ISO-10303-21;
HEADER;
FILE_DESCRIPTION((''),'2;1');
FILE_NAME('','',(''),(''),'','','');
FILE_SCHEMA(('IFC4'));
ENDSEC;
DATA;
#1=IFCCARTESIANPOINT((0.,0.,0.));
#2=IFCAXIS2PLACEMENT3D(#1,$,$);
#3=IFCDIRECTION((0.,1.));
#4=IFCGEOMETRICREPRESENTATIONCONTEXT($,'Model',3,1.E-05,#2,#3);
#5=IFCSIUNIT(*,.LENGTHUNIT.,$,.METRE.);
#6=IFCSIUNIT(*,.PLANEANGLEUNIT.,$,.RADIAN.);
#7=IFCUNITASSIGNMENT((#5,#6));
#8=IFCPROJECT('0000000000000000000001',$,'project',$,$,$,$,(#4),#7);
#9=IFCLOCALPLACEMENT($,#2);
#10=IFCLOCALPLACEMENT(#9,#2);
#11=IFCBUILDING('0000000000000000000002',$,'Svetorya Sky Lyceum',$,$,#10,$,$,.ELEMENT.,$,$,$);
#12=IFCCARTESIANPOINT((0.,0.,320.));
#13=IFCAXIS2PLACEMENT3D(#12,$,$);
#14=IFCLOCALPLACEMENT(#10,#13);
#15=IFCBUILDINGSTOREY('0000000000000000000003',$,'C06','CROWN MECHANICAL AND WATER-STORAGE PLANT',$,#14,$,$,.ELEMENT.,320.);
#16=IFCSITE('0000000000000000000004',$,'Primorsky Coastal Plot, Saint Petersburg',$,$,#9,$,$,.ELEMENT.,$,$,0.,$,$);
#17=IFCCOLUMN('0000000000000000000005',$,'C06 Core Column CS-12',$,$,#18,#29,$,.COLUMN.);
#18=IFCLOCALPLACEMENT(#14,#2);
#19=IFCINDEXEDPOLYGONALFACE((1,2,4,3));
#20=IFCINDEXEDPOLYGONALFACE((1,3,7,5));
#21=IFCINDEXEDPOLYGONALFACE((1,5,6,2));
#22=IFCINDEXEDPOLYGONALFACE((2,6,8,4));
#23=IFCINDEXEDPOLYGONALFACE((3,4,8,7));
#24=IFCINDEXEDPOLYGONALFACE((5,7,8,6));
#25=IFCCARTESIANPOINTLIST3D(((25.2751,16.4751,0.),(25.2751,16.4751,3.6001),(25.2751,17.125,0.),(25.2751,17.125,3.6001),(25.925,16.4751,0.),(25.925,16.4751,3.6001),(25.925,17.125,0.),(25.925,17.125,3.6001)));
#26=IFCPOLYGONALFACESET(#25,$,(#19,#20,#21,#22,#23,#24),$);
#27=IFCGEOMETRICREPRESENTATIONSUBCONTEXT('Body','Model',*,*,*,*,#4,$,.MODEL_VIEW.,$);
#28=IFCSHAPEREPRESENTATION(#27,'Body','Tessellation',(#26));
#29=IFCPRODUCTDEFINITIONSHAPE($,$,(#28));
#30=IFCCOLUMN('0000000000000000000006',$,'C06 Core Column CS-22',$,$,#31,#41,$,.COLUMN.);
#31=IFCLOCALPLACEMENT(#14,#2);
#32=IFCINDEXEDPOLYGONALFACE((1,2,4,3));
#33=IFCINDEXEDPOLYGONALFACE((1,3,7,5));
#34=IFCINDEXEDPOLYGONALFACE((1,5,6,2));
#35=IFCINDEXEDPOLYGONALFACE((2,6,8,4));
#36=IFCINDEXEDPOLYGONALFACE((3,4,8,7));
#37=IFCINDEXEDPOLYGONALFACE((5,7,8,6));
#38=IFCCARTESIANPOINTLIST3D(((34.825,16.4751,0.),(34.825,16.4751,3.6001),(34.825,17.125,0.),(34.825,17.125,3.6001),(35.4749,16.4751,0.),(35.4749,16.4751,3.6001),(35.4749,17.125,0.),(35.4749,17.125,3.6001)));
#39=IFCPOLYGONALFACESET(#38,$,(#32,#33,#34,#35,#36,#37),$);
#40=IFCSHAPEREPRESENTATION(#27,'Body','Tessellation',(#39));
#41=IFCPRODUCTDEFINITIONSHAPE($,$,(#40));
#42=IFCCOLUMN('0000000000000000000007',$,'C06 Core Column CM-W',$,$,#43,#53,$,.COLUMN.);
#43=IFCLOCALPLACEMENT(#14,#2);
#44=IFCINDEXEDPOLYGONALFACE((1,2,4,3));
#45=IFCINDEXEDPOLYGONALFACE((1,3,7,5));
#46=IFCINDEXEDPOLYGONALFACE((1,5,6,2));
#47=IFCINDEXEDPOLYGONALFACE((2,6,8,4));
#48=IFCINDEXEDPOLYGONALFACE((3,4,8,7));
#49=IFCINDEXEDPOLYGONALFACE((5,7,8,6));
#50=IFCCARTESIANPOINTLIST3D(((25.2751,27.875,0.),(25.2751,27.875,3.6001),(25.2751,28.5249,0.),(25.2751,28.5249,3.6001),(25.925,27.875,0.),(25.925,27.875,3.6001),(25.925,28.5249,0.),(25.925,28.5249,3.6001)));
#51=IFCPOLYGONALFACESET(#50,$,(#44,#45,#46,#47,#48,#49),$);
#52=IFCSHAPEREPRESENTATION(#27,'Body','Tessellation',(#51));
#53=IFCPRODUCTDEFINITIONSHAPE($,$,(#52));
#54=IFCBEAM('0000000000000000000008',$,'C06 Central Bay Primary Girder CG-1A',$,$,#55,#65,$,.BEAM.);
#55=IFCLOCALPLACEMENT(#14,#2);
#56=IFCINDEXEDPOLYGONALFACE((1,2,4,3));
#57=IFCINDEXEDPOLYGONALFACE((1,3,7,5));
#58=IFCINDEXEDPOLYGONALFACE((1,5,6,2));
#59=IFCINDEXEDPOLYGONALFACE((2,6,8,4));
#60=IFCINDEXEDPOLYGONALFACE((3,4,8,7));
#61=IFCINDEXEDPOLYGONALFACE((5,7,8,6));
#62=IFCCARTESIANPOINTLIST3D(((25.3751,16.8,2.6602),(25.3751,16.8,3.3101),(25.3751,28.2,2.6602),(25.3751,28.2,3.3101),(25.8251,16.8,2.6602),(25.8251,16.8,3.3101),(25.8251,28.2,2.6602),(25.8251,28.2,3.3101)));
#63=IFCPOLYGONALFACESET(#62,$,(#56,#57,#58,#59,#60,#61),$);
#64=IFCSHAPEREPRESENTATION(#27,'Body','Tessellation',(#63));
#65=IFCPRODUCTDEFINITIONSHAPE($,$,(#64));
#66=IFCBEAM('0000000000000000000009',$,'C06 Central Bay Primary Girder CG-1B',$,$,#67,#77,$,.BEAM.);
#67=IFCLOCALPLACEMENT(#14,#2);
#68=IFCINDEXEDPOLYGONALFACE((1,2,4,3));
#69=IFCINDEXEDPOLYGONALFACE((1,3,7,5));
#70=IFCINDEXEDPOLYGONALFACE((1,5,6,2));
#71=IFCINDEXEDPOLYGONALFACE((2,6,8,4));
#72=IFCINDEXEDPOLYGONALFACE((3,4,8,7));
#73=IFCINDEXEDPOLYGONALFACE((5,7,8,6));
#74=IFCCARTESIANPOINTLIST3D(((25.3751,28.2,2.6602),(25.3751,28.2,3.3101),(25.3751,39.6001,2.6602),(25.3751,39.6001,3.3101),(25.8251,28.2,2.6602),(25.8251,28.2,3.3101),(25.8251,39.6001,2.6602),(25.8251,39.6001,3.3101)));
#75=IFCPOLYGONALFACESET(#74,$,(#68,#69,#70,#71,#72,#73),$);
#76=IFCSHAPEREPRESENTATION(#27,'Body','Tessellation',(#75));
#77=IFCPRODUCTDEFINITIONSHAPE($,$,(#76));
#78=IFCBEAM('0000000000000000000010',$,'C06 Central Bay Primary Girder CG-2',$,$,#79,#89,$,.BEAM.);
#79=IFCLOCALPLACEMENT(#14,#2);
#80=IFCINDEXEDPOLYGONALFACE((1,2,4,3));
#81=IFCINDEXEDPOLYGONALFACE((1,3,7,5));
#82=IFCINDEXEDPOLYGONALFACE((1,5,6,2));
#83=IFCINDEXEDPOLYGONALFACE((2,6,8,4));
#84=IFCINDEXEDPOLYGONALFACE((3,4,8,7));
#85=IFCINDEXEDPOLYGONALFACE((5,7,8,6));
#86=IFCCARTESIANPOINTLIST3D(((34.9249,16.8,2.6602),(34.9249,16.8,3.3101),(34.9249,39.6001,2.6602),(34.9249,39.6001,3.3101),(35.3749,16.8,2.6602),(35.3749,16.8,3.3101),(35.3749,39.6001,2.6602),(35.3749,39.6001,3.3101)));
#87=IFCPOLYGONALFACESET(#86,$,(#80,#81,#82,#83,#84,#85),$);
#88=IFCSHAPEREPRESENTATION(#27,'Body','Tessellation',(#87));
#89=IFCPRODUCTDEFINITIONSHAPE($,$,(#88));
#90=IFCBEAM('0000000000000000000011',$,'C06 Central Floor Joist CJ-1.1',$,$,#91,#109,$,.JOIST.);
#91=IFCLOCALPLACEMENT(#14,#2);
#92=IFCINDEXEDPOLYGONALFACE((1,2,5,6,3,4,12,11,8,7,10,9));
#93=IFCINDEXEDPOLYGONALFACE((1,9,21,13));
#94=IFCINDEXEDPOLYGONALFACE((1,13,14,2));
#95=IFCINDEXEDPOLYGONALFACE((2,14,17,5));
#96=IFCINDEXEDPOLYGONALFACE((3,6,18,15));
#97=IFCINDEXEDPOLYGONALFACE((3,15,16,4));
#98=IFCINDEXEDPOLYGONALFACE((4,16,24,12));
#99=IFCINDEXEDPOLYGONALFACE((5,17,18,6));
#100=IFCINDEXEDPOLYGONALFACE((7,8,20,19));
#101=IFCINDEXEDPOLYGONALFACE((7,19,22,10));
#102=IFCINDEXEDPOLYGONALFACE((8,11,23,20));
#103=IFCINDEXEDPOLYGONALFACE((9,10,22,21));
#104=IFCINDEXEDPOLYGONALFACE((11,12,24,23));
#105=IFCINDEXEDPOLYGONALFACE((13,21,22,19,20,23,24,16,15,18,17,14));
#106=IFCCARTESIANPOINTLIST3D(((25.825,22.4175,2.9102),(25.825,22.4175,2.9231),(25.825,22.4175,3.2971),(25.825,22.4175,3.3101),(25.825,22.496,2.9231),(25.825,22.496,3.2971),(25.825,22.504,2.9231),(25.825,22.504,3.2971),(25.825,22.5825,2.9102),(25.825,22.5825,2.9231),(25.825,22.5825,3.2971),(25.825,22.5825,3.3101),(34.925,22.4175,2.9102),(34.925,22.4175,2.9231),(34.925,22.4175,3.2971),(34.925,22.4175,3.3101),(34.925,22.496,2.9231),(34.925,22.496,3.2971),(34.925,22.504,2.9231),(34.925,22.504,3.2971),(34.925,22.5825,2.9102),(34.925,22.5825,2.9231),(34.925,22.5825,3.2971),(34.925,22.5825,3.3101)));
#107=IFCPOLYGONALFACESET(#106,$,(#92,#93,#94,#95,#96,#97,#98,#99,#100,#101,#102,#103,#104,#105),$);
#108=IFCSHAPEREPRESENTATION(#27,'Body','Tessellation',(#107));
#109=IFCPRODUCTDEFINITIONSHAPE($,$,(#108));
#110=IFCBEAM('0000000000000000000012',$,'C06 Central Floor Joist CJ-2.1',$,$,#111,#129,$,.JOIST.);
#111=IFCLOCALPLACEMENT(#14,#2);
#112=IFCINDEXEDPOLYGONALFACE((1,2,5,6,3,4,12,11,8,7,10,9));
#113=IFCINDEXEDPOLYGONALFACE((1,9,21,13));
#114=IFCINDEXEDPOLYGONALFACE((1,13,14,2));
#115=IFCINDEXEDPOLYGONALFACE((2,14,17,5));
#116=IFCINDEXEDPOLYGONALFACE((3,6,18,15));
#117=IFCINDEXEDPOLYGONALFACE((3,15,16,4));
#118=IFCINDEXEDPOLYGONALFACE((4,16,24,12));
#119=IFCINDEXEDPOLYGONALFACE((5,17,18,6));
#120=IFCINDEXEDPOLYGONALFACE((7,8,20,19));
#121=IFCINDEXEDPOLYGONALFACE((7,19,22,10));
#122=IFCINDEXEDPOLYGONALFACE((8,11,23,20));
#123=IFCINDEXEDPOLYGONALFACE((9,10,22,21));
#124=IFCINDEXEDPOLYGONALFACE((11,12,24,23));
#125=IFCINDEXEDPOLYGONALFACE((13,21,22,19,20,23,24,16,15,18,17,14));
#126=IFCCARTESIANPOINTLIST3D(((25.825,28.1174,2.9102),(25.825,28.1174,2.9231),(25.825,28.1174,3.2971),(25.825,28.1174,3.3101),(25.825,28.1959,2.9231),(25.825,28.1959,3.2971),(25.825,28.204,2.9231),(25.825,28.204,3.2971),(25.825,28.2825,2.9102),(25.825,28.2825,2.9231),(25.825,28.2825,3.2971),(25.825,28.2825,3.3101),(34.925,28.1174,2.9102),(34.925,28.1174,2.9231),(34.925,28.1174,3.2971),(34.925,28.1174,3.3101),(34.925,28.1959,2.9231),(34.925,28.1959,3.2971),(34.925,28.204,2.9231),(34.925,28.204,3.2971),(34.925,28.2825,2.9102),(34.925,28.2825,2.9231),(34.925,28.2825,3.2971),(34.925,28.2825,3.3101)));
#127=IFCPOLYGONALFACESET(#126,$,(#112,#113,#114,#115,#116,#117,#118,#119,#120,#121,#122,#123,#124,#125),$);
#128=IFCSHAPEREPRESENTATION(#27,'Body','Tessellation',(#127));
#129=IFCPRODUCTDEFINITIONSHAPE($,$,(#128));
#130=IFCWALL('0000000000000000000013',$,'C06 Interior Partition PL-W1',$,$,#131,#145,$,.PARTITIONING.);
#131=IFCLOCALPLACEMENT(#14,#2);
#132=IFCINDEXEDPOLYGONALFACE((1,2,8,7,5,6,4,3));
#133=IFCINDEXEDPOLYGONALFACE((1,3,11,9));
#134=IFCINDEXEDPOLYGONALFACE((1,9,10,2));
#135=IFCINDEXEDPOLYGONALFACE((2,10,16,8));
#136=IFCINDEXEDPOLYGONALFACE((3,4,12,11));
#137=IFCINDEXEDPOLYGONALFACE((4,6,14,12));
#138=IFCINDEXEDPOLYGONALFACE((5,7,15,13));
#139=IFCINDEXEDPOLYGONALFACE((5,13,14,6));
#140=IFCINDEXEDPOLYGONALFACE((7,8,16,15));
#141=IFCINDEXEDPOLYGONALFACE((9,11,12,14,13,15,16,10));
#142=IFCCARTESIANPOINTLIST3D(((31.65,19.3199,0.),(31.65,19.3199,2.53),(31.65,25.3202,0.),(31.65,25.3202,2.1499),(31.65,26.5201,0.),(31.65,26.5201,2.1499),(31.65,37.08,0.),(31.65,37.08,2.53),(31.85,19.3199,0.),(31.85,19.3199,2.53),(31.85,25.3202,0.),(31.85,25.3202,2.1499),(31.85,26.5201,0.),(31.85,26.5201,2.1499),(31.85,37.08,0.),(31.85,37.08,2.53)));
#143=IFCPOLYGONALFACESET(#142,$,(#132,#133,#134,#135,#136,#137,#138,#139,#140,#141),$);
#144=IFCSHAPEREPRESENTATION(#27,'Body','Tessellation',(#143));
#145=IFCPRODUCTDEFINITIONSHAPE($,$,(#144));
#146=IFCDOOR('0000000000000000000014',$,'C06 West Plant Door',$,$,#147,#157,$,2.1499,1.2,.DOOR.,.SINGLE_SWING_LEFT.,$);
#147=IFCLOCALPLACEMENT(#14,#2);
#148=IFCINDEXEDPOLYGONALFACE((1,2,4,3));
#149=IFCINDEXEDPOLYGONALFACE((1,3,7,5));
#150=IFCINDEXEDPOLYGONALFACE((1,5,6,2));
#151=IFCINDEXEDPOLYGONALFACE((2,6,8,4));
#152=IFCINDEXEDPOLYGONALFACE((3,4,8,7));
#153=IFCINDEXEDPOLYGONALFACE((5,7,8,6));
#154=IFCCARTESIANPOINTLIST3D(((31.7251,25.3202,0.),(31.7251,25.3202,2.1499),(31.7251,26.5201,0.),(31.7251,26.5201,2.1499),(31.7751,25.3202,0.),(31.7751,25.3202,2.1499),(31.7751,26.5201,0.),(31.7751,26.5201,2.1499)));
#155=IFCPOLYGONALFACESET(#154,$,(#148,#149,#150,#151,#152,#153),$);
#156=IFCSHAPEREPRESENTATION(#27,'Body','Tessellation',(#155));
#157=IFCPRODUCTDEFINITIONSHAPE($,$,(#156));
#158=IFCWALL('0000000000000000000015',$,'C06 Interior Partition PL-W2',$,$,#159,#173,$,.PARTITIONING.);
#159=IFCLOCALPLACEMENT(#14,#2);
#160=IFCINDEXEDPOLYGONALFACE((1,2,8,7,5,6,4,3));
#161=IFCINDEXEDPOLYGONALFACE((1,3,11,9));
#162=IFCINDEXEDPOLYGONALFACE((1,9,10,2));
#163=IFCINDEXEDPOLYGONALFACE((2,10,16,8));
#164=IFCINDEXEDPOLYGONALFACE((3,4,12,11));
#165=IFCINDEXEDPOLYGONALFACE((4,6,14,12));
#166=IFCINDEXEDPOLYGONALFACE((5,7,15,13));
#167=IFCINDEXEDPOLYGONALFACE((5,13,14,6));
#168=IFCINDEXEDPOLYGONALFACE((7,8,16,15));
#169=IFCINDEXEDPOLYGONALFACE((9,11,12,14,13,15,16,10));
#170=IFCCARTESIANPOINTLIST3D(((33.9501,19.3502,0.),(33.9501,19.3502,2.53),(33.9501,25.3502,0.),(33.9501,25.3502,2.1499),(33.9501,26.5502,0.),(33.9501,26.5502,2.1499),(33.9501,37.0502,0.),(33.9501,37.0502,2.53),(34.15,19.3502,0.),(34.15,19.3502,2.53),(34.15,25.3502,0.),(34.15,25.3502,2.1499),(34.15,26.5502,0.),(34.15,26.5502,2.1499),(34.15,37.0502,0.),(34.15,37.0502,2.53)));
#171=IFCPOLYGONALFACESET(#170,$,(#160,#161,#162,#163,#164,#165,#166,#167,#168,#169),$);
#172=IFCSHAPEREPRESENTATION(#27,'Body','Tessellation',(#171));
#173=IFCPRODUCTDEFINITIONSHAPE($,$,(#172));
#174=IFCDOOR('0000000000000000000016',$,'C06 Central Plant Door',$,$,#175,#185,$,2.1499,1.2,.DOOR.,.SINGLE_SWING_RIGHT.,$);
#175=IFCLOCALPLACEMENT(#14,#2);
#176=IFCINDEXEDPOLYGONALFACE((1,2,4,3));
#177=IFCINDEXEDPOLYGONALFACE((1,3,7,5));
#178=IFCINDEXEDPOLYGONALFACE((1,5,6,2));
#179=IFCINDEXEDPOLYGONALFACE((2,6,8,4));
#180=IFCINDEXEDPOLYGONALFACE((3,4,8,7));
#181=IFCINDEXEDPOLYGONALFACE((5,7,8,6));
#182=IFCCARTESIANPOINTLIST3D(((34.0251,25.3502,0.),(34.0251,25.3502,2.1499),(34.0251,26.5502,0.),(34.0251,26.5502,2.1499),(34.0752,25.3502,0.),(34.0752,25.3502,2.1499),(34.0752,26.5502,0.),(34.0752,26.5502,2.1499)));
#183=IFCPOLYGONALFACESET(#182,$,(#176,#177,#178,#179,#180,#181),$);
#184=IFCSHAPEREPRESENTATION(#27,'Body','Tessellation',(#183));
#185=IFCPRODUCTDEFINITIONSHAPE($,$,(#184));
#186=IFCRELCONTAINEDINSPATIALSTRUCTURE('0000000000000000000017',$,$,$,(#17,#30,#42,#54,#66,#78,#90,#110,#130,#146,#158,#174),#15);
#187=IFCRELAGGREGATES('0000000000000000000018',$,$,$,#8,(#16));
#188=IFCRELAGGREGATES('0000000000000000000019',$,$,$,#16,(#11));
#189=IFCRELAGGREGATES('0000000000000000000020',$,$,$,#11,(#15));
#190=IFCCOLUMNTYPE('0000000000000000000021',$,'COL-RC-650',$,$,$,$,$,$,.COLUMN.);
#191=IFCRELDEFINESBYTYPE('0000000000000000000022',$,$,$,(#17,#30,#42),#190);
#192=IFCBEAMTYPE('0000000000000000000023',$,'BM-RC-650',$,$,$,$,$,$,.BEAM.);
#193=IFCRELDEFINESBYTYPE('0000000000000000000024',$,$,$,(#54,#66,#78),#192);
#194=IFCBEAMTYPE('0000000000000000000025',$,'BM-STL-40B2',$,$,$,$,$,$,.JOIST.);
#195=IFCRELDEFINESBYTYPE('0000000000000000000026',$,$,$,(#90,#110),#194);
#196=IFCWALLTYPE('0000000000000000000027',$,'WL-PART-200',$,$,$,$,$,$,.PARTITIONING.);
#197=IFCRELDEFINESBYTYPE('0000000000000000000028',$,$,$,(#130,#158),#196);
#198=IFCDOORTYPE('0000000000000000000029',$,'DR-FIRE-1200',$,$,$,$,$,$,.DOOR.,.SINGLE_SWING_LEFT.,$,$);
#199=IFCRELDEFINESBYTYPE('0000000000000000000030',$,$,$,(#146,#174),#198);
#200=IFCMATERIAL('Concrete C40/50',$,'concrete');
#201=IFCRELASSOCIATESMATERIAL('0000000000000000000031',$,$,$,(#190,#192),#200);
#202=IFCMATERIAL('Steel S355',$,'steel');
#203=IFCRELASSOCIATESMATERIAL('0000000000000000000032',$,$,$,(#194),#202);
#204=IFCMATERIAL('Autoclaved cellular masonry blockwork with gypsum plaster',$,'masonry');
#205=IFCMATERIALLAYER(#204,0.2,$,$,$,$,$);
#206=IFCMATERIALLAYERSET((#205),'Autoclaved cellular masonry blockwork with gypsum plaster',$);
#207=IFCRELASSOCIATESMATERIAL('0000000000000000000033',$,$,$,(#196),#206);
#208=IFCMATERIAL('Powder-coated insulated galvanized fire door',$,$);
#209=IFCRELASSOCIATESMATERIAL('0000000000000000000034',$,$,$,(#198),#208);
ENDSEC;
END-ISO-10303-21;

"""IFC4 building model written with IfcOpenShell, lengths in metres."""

from ifc_helpers import new_model, si_unit, direction, frame, frame_2d, origin, origin_2d, place, context, subcontext, project, spatial, rectangle, i_section, extrude, material, layer, layer_set, material_profile, profile_set, type_object, element, fill, save


model = new_model("IFC4")

# Units and contexts
model_context = context("Model", 3, precision=1e-05, world=origin(), true_north=direction((0.0, 1.0)))
body_context = subcontext(model_context, "Body", "Model", "MODEL_VIEW")
ifc_project = project(units=[si_unit("LENGTHUNIT", "METRE"), si_unit("PLANEANGLEUNIT", "RADIAN")], contexts=[model_context])

# Site, building, storey
site_placement = place(None, origin())
site = spatial("IfcSite", under=ifc_project, at=site_placement, Name="Primorsky Coastal Plot, Saint Petersburg", CompositionType="ELEMENT", RefElevation=0.0)
building_placement = place(site_placement, origin())
building = spatial("IfcBuilding", under=site, at=building_placement, Name="Svetorya Sky Lyceum", CompositionType="ELEMENT")
storey_placement = place(building_placement, frame((0.0, 0.0, 320.0)))
storey = spatial("IfcBuildingStorey", under=building, at=storey_placement, Name="C06", Description="CROWN MECHANICAL AND WATER-STORAGE PLANT", CompositionType="ELEMENT", Elevation=320.0)

# Columns
ifc_material_1 = material(Name="Concrete C40/50", Category="concrete")
ifc_material_profile_1 = material_profile(ifc_material_1, rectangle(XDim=0.6499, YDim=0.6499, at=origin_2d()), Name="RC COL 650x650")
ifc_profile_set_1 = profile_set([ifc_material_profile_1], Name="Concrete C40/50")
column_type = type_object("IfcColumnType", Name="COL-RC-650", PredefinedType="COLUMN", material=ifc_profile_set_1)
for number, where, z_axis, x_axis, name in (
    (1, (25.6001, 16.8, 0.0), (0.0, 0.0, 1.0), (1.0, 0.0, 0.0), "C06 Core Column CS-12"),
    (2, (35.1499, 16.8, 0.0), (0.0, 0.0, 1.0), (1.0, 0.0, 0.0), "C06 Core Column CS-22"),
    (3, (25.6001, 28.2, 0.0), (0.0, 0.0, 1.0), (1.0, 0.0, 0.0), "C06 Core Column CM-W"),
):
    element("IfcColumn", number, at=place(storey_placement, frame(where, z_axis=z_axis, x_axis=x_axis)), inside=storey, type_object=column_type, Name=name, PredefinedType="COLUMN", context=body_context, shape_type="SweptSolid", body=[
        extrude(rectangle(XDim=0.6499, YDim=0.6499, at=origin_2d()), origin(), (0.0, 0.0, 1.0), 3.6001),
    ])

# Beams
ifc_material_profile_2 = material_profile(ifc_material_1, rectangle(XDim=0.45, YDim=0.6499, at=origin_2d()), Name="RC BEAM 450x650")
ifc_profile_set_2 = profile_set([ifc_material_profile_2], Name="Concrete C40/50")
beam_type_1 = type_object("IfcBeamType", Name="BM-RC-650", PredefinedType="BEAM", material=ifc_profile_set_2)
beam_1_placement = place(storey_placement, frame((25.6001, 16.8, 2.9851), z_axis=(0.0, 1.0, 0.0), x_axis=(-1.0, 0.0, 0.0)))
element("IfcBeam", 4, at=beam_1_placement, inside=storey, type_object=beam_type_1, Name="C06 Central Bay Primary Girder CG-1A", PredefinedType="BEAM", context=body_context, shape_type="SweptSolid", body=[
    extrude(rectangle(XDim=0.45, YDim=0.6499, at=origin_2d()), origin(), (0.0, 0.0, 1.0), 11.3999),
])
beam_2_placement = place(storey_placement, frame((25.6001, 28.2, 2.9851), z_axis=(0.0, 1.0, 0.0), x_axis=(-1.0, 0.0, 0.0)))
element("IfcBeam", 5, at=beam_2_placement, inside=storey, type_object=beam_type_1, Name="C06 Central Bay Primary Girder CG-1B", PredefinedType="BEAM", context=body_context, shape_type="SweptSolid", body=[
    extrude(rectangle(XDim=0.45, YDim=0.6499, at=origin_2d()), origin(), (0.0, 0.0, 1.0), 11.4001),
])
beam_3_placement = place(storey_placement, frame((35.1499, 16.8, 2.9851), z_axis=(0.0, 1.0, 0.0), x_axis=(-1.0, 0.0, 0.0)))
element("IfcBeam", 6, at=beam_3_placement, inside=storey, type_object=beam_type_1, Name="C06 Central Bay Primary Girder CG-2", PredefinedType="BEAM", context=body_context, shape_type="SweptSolid", body=[
    extrude(rectangle(XDim=0.45, YDim=0.6499, at=origin_2d()), origin(), (0.0, 0.0, 1.0), 22.8),
])
ifc_material_2 = material(Name="Steel S355", Category="steel")
ifc_material_profile_3 = material_profile(ifc_material_2, i_section(OverallWidth=0.165, OverallDepth=0.3999, WebThickness=0.0081, FlangeThickness=0.0129, at=origin_2d()), Name="GOST 40B2")
ifc_profile_set_3 = profile_set([ifc_material_profile_3], Name="Steel S355")
beam_type_2 = type_object("IfcBeamType", Name="BM-STL-40B2", PredefinedType="JOIST", material=ifc_profile_set_3)
for number, where, z_axis, x_axis, name in (
    (7, (25.825, 22.5, 3.1101), (1.0, 0.0, 0.0), (0.0, 1.0, 0.0), "C06 Central Floor Joist CJ-1.1"),
    (8, (25.825, 28.2, 3.1101), (1.0, 0.0, 0.0), (0.0, 1.0, 0.0), "C06 Central Floor Joist CJ-2.1"),
):
    element("IfcBeam", number, at=place(storey_placement, frame(where, z_axis=z_axis, x_axis=x_axis)), inside=storey, type_object=beam_type_2, Name=name, PredefinedType="JOIST", context=body_context, shape_type="SweptSolid", body=[
        extrude(i_section(OverallWidth=0.165, OverallDepth=0.3999, WebThickness=0.0081, FlangeThickness=0.0129, at=origin_2d()), origin(), (0.0, 0.0, 1.0), 9.1001),
    ])

# Walls, openings, doors
ifc_material_3 = material(Name="Autoclaved cellular masonry blockwork with gypsum plaster", Category="masonry")
ifc_layer = layer(ifc_material_3, 0.2)
ifc_layer_set = layer_set([ifc_layer], Name="Autoclaved cellular masonry blockwork with gypsum plaster")
wall_type = type_object("IfcWallType", Name="WL-PART-200", PredefinedType="PARTITIONING", material=ifc_layer_set)
wall_1_placement = place(storey_placement, frame((31.75, 19.3201, 0.0), z_axis=(0.0, 0.0, 1.0), x_axis=(0.0, 1.0, 0.0)))
wall_1 = element("IfcWall", 9, at=wall_1_placement, inside=storey, type_object=wall_type, Name="C06 Interior Partition PL-W1", PredefinedType="PARTITIONING", context=body_context, shape_type="SweptSolid", body=[
    extrude(rectangle(XDim=17.76, YDim=0.2, at=frame_2d((8.8799, 0.0))), origin(), (0.0, 0.0, 1.0), 2.53),
])
opening_1_placement = place(wall_1_placement, frame((6.0, 0.0, 0.0)))
opening_1 = element("IfcOpeningElement", 10, at=opening_1_placement, cuts=wall_1, PredefinedType="OPENING", context=body_context, shape_type="SweptSolid", body=[
    extrude(rectangle(XDim=1.2, YDim=2.1499, at=frame_2d((0.6001, 1.075))), frame((0.0, 0.1099, 0.0), z_axis=(0.0, -1.0, 0.0), x_axis=(1.0, 0.0, 0.0)), (0.0, 0.0, 1.0), 0.22),
])
ifc_material_4 = material(Name="Powder-coated insulated galvanized fire door")
door_type = type_object("IfcDoorType", Name="DR-FIRE-1200", OperationType="SINGLE_SWING_LEFT", PredefinedType="DOOR", material=ifc_material_4)
door_1_placement = place(opening_1_placement, origin())
door_1 = element("IfcDoor", 11, at=door_1_placement, inside=storey, type_object=door_type, Name="C06 West Plant Door", OperationType="SINGLE_SWING_LEFT", OverallHeight=2.1499, OverallWidth=1.2, PredefinedType="DOOR", context=body_context, shape_type="SweptSolid", body=[
    extrude(rectangle(XDim=1.2, YDim=2.1499, at=frame_2d((0.6001, 1.075))), frame((0.0, 0.0249, 0.0), z_axis=(0.0, -1.0, 0.0), x_axis=(1.0, 0.0, 0.0)), (0.0, 0.0, 1.0), 0.05),
])
fill(opening_1, door_1)
wall_2_placement = place(storey_placement, frame((34.05, 19.3501, 0.0), z_axis=(0.0, 0.0, 1.0), x_axis=(0.0, 1.0, 0.0)))
wall_2 = element("IfcWall", 12, at=wall_2_placement, inside=storey, type_object=wall_type, Name="C06 Interior Partition PL-W2", PredefinedType="PARTITIONING", context=body_context, shape_type="SweptSolid", body=[
    extrude(rectangle(XDim=17.7, YDim=0.2, at=frame_2d((8.8501, 0.0))), origin(), (0.0, 0.0, 1.0), 2.53),
])
opening_2_placement = place(wall_2_placement, frame((6.0, 0.0, 0.0)))
opening_2 = element("IfcOpeningElement", 13, at=opening_2_placement, cuts=wall_2, PredefinedType="OPENING", context=body_context, shape_type="SweptSolid", body=[
    extrude(rectangle(XDim=1.2, YDim=2.1499, at=frame_2d((0.6001, 1.075))), frame((0.0, 0.1099, 0.0), z_axis=(0.0, -1.0, 0.0), x_axis=(1.0, 0.0, 0.0)), (0.0, 0.0, 1.0), 0.22),
])
door_2_placement = place(opening_2_placement, origin())
door_2 = element("IfcDoor", 14, at=door_2_placement, inside=storey, type_object=door_type, Name="C06 Central Plant Door", OperationType="SINGLE_SWING_RIGHT", OverallHeight=2.1499, OverallWidth=1.2, PredefinedType="DOOR", context=body_context, shape_type="SweptSolid", body=[
    extrude(rectangle(XDim=1.2, YDim=2.1499, at=frame_2d((0.6001, 1.075))), frame((0.0, 0.0249, 0.0), z_axis=(0.0, -1.0, 0.0), x_axis=(1.0, 0.0, 0.0)), (0.0, 0.0, 1.0), 0.05),
])
fill(opening_2, door_2)

save(model, "model.ifc")
